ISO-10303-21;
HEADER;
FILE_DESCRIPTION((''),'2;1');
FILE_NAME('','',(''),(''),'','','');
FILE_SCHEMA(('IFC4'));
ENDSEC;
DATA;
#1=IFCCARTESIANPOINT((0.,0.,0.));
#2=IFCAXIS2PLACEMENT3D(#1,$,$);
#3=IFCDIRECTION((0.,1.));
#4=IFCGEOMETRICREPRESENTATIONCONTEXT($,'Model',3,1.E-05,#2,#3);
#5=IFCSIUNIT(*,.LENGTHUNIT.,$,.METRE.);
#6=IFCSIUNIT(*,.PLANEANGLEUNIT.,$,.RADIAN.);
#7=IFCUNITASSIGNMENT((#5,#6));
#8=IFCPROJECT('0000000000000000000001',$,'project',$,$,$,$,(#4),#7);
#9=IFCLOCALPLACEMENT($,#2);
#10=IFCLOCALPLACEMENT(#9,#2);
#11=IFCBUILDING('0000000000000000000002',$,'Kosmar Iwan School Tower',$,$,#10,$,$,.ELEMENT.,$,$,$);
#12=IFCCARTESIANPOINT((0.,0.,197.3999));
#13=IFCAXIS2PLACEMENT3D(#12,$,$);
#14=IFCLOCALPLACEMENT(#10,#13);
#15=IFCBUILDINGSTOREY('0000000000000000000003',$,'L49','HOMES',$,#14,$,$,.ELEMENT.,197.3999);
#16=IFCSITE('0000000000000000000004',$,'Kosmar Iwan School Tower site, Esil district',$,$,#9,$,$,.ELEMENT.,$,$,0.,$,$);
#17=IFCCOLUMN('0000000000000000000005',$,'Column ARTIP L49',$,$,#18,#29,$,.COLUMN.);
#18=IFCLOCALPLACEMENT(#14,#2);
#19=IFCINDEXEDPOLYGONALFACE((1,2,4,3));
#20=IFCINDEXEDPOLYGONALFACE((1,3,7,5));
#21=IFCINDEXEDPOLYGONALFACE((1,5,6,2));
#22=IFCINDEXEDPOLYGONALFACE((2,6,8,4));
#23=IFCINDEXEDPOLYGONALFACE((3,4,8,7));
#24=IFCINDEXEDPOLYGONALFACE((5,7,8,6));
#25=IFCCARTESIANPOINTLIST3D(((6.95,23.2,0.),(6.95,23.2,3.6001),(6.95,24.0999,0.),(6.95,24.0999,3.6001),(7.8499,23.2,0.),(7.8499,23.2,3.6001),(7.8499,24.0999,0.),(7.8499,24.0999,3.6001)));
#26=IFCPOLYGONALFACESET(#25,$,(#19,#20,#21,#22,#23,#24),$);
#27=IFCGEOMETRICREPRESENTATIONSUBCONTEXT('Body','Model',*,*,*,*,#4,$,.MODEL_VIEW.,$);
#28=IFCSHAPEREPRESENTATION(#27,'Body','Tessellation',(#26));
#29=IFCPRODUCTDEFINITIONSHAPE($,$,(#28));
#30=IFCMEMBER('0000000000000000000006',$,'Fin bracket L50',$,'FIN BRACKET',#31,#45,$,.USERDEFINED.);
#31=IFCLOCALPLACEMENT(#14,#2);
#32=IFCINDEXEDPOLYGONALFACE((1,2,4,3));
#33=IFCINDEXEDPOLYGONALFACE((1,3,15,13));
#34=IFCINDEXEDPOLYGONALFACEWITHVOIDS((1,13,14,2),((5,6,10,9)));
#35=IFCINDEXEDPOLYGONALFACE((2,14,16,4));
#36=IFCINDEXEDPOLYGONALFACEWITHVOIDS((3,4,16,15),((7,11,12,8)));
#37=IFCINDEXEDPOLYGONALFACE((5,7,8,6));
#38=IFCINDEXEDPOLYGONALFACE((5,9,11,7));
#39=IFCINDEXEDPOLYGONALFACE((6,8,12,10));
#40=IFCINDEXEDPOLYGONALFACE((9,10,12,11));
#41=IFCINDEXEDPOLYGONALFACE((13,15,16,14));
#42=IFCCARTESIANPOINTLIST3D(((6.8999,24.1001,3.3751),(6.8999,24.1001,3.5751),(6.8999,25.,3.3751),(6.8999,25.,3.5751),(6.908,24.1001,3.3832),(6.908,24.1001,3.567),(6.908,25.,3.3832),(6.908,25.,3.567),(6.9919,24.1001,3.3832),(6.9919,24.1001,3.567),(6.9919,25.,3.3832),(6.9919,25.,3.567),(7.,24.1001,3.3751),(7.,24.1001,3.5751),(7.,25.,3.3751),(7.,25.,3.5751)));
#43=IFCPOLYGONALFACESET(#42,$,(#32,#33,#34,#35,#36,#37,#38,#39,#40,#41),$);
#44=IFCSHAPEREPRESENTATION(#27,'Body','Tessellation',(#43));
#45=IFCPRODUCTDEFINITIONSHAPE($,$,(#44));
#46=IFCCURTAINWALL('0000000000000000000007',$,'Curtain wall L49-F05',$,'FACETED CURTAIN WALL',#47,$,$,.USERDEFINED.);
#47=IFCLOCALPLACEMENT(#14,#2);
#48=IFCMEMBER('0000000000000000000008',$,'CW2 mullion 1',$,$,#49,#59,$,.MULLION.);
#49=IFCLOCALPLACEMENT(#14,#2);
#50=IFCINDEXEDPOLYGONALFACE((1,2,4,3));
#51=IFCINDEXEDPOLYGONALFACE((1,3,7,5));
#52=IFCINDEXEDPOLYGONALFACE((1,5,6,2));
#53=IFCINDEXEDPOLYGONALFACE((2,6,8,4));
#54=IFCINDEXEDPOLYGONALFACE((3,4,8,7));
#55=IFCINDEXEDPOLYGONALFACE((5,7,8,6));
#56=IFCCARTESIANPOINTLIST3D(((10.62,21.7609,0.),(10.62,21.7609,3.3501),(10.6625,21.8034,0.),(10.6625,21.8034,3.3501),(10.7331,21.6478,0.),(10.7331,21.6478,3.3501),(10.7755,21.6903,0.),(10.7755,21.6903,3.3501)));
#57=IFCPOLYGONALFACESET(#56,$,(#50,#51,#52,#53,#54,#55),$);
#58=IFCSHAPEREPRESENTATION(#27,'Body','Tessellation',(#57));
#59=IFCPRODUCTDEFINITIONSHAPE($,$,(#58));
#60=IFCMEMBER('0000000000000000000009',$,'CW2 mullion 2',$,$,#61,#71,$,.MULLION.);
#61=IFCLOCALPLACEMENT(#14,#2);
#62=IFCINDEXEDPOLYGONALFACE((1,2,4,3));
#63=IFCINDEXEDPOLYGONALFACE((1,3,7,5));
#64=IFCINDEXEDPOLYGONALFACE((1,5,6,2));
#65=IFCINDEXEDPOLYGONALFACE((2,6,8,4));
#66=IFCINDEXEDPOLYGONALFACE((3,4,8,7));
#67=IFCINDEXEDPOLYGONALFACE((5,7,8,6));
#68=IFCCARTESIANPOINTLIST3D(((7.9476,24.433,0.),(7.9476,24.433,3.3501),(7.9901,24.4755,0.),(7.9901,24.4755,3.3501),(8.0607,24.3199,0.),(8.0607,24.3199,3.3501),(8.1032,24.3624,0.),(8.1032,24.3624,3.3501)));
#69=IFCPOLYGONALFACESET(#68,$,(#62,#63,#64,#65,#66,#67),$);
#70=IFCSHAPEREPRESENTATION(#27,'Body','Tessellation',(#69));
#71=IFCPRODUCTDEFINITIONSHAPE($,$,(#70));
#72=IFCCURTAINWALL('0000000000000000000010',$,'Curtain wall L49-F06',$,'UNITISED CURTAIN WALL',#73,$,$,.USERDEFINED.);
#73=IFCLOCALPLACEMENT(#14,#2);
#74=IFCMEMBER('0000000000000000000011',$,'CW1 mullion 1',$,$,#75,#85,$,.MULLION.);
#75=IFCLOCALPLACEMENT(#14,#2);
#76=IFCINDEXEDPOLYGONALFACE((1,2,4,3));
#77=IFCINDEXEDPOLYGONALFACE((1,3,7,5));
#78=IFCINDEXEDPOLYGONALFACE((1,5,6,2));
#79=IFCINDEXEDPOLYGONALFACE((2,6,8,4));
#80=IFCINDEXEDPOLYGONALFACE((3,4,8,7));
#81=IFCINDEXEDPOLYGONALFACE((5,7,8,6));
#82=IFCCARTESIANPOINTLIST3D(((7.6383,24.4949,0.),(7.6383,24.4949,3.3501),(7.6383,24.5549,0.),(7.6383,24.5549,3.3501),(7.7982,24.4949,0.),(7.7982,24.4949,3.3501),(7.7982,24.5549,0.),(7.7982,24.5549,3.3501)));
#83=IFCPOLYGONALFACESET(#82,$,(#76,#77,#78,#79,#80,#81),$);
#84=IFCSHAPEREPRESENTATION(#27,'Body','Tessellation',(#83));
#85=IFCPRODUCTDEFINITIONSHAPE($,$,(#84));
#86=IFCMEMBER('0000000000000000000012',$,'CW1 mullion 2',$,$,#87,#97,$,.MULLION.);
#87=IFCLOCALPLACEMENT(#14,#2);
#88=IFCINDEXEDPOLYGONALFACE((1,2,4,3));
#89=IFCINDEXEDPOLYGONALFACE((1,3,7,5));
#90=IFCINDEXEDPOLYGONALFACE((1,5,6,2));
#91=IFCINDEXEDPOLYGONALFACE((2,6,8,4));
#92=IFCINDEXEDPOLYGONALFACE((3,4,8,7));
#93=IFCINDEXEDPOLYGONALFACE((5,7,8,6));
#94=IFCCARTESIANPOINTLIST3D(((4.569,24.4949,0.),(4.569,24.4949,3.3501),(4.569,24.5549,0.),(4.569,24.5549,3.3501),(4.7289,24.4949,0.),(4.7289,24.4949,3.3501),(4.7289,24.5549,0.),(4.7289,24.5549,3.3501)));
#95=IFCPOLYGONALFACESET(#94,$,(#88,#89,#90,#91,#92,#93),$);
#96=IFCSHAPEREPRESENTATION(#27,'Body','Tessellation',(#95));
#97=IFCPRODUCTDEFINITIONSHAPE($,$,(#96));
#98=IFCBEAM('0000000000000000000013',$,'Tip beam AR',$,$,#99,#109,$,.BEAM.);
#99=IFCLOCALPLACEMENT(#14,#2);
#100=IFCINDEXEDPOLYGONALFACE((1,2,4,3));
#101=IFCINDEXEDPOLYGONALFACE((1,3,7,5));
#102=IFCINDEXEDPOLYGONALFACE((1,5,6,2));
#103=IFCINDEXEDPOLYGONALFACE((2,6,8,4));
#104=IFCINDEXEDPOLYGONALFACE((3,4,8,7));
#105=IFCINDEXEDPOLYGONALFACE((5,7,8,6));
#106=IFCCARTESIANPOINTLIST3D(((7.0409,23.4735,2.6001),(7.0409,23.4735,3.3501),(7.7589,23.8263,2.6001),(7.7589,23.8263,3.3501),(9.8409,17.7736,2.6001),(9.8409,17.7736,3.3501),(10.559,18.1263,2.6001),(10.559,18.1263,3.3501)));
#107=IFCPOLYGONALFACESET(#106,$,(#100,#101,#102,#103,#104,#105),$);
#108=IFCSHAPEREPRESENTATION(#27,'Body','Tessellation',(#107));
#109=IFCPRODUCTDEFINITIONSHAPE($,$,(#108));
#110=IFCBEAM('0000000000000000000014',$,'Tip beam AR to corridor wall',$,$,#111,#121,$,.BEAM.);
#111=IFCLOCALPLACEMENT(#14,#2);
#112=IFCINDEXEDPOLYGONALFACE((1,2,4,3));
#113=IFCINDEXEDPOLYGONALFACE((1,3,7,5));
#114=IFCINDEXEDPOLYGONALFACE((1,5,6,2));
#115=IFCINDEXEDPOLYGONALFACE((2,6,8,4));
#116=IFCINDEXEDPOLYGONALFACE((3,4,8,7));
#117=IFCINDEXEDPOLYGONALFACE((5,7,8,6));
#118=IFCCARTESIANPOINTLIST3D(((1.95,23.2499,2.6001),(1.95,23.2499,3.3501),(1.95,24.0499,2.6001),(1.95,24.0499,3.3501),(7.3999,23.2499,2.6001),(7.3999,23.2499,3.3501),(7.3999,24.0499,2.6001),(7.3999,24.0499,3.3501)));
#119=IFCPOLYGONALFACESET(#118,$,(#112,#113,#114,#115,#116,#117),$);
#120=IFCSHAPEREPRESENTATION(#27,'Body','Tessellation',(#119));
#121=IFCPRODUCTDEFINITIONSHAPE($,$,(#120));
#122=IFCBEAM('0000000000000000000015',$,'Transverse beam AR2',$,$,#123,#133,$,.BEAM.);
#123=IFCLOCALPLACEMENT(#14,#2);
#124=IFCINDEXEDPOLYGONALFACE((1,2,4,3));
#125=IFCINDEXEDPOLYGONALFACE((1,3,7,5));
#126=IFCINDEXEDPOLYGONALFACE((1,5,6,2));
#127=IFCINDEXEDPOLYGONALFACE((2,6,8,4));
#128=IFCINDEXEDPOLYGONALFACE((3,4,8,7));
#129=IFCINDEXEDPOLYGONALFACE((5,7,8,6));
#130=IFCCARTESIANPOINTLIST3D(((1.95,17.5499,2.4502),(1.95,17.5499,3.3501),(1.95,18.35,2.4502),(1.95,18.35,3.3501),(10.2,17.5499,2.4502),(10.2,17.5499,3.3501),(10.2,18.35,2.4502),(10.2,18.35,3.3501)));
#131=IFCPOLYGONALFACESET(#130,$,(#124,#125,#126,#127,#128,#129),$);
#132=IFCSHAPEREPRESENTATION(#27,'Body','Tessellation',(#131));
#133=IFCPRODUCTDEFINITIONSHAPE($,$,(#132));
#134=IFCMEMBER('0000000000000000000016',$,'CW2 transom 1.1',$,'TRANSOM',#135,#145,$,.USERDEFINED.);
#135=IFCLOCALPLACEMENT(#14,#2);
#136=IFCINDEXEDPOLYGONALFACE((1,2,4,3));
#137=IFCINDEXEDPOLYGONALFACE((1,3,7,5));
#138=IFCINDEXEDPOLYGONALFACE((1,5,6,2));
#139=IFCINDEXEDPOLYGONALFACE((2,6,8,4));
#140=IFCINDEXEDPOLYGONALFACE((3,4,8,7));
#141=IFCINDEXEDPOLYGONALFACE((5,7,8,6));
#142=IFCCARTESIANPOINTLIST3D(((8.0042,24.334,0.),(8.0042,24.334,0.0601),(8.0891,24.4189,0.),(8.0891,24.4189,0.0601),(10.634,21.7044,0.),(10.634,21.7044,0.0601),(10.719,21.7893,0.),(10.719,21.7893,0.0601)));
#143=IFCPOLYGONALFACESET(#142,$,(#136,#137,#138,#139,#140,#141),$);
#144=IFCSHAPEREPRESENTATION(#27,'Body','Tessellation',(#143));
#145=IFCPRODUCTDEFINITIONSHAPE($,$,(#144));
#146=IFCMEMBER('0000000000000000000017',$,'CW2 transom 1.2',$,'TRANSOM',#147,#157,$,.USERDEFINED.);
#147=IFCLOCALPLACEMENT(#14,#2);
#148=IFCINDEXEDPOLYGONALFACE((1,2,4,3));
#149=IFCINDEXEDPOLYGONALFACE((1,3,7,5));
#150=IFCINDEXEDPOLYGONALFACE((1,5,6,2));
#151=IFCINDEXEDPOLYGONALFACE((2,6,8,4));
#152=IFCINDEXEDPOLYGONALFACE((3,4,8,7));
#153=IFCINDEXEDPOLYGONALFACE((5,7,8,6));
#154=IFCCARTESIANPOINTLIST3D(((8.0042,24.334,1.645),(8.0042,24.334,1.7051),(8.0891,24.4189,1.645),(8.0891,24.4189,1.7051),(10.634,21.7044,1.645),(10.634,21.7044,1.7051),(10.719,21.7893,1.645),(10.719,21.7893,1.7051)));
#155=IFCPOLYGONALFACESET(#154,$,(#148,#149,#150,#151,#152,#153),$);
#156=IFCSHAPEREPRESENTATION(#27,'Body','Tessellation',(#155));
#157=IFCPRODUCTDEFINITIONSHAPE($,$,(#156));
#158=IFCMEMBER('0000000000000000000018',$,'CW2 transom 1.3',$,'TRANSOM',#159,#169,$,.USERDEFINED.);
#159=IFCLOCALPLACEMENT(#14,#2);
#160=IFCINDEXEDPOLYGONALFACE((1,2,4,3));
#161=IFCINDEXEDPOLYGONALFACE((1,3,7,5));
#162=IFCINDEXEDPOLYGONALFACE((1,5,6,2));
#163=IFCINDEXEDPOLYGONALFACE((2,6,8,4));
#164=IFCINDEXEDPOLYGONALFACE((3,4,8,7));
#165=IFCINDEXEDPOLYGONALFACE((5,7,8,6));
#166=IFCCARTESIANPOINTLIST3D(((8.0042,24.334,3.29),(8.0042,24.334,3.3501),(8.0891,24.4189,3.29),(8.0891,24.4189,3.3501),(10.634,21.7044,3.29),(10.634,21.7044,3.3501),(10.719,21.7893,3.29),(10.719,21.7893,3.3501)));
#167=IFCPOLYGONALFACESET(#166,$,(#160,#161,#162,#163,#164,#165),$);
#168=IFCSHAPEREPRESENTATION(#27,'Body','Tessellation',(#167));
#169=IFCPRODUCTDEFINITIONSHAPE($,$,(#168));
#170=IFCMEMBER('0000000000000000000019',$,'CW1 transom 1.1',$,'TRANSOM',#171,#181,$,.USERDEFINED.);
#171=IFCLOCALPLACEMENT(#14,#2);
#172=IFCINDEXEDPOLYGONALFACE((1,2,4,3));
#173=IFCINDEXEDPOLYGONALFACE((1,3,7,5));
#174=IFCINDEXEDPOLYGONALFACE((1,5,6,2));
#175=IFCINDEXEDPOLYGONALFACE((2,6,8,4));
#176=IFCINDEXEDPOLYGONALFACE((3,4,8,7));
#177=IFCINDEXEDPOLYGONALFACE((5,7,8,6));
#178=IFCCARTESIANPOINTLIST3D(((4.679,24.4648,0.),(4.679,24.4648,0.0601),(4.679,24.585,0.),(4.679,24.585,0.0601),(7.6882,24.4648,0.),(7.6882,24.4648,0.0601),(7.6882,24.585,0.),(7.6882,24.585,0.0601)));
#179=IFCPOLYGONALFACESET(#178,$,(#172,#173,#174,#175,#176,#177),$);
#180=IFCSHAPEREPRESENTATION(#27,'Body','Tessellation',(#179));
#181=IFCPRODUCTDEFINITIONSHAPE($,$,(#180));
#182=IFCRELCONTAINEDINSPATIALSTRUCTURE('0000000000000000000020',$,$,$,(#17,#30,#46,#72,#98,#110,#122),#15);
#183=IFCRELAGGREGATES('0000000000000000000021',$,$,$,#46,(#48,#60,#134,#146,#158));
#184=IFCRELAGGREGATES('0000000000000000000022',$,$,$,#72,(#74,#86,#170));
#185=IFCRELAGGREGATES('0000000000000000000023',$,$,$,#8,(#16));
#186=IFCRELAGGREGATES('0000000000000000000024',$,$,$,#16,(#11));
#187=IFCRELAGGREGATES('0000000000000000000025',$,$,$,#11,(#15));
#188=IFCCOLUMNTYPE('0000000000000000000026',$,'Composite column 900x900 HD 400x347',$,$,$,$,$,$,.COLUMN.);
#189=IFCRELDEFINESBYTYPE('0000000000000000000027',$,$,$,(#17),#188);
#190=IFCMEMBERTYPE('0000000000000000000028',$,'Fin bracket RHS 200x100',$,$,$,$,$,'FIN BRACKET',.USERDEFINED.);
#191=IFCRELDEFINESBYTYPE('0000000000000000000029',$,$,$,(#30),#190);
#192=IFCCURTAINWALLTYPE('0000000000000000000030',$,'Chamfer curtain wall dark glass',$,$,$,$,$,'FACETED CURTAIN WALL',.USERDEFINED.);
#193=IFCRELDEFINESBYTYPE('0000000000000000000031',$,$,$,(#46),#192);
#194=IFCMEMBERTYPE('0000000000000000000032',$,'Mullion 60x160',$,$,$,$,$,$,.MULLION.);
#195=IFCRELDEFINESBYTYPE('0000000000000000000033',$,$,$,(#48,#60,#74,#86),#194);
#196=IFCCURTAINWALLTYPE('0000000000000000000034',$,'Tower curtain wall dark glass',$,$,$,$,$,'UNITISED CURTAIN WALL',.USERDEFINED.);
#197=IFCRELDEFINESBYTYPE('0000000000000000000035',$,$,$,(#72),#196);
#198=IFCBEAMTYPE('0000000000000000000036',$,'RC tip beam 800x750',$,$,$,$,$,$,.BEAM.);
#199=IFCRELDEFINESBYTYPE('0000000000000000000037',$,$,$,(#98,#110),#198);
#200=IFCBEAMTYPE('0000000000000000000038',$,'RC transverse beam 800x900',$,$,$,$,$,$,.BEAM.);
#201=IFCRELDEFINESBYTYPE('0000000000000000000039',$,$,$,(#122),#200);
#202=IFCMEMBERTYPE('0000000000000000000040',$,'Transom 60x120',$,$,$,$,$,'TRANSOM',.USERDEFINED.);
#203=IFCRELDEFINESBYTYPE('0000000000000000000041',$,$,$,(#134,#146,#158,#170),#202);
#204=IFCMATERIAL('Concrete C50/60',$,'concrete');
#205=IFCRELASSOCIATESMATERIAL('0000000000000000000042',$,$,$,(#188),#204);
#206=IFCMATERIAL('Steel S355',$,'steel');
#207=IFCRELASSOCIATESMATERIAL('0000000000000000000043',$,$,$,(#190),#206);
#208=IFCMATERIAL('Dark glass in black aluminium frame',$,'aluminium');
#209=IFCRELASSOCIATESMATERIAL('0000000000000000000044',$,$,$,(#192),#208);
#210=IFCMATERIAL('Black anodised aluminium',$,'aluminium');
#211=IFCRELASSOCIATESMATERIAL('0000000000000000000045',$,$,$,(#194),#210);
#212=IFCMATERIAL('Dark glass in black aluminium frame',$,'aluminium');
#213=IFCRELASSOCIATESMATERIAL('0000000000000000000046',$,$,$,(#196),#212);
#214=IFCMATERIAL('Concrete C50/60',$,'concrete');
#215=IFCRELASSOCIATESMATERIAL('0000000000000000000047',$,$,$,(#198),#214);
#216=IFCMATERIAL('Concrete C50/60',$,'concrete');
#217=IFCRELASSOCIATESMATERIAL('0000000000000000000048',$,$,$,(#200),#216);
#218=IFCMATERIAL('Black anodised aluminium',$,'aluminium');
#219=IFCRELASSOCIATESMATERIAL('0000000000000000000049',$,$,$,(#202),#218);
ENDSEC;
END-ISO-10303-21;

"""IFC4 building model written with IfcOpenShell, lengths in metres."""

from ifc_helpers import new_model, si_unit, direction, frame, origin, origin_2d, place, context, subcontext, project, spatial, rectangle, hollow_rectangle, extrude, material, material_profile, profile_set, type_object, element, aggregate, save


model = new_model("IFC4")

# Units and contexts
model_context = context("Model", 3, precision=1e-05, world=origin(), true_north=direction((0.0, 1.0)))
body_context = subcontext(model_context, "Body", "Model", "MODEL_VIEW")
ifc_project = project(units=[si_unit("LENGTHUNIT", "METRE"), si_unit("PLANEANGLEUNIT", "RADIAN")], contexts=[model_context])

# Site, building, storey
site_placement = place(None, origin())
site = spatial("IfcSite", under=ifc_project, at=site_placement, Name="Kosmar Iwan School Tower site, Esil district", CompositionType="ELEMENT", RefElevation=0.0)
building_placement = place(site_placement, origin())
building = spatial("IfcBuilding", under=site, at=building_placement, Name="Kosmar Iwan School Tower", CompositionType="ELEMENT")
storey_placement = place(building_placement, frame((0.0, 0.0, 197.3999)))
storey = spatial("IfcBuildingStorey", under=building, at=storey_placement, Name="L49", Description="HOMES", CompositionType="ELEMENT", Elevation=197.3999)

# Column
ifc_material_1 = material(Name="Concrete C50/60", Category="concrete")
ifc_material_profile_1 = material_profile(ifc_material_1, rectangle(XDim=0.8999, YDim=0.8999, at=origin_2d()), Name="RC 900x900 + HD 400x347")
ifc_profile_set_1 = profile_set([ifc_material_profile_1], Name="Concrete C50/60")
column_type = type_object("IfcColumnType", Name="Composite column 900x900 HD 400x347", PredefinedType="COLUMN", material=ifc_profile_set_1)
column_placement = place(storey_placement, frame((7.3999, 23.6499, 0.0), z_axis=(0.0, 0.0, 1.0), x_axis=(0.0, 1.0, 0.0)))
element("IfcColumn", 1, at=column_placement, inside=storey, type_object=column_type, Name="Column ARTIP L49", PredefinedType="COLUMN", context=body_context, shape_type="SweptSolid", body=[
    extrude(rectangle(XDim=0.8999, YDim=0.8999, at=origin_2d()), origin(), (0.0, 0.0, 1.0), 3.6001),
])

# Member
ifc_material_2 = material(Name="Steel S355", Category="steel")
ifc_material_profile_2 = material_profile(ifc_material_2, hollow_rectangle(XDim=0.1001, YDim=0.2, WallThickness=0.0081, at=origin_2d()), Name="RHS 200x100x8")
ifc_profile_set_2 = profile_set([ifc_material_profile_2], Name="Steel S355")
member_type_1 = type_object("IfcMemberType", Name="Fin bracket RHS 200x100", ElementType="FIN BRACKET", PredefinedType="USERDEFINED", material=ifc_profile_set_2)
member_1_placement = place(storey_placement, frame((6.95, 24.1001, 3.4751), z_axis=(0.0, 1.0, 0.0), x_axis=(-1.0, 0.0, 0.0)))
element("IfcMember", 2, at=member_1_placement, inside=storey, type_object=member_type_1, Name="Fin bracket L50", ObjectType="FIN BRACKET", PredefinedType="USERDEFINED", context=body_context, shape_type="SweptSolid", body=[
    extrude(hollow_rectangle(XDim=0.1001, YDim=0.2, WallThickness=0.0081, at=origin_2d()), origin(), (0.0, 0.0, 1.0), 0.8999),
])

# Curtain walls, members
ifc_material_3 = material(Name="Dark glass in black aluminium frame", Category="aluminium")
curtain_wall_type_1 = type_object("IfcCurtainWallType", Name="Chamfer curtain wall dark glass", ElementType="FACETED CURTAIN WALL", PredefinedType="USERDEFINED", material=ifc_material_3)
curtain_wall_1_placement = place(storey_placement, origin())
curtain_wall_1 = element("IfcCurtainWall", 3, at=curtain_wall_1_placement, inside=storey, type_object=curtain_wall_type_1, Name="Curtain wall L49-F05", ObjectType="FACETED CURTAIN WALL", PredefinedType="USERDEFINED")
ifc_material_4 = material(Name="Black anodised aluminium", Category="aluminium")
ifc_material_profile_3 = material_profile(ifc_material_4, rectangle(XDim=0.0601, YDim=0.1599, at=origin_2d()), Name="MULLION 60x160")
ifc_profile_set_3 = profile_set([ifc_material_profile_3], Name="Black anodised aluminium")
member_type_2 = type_object("IfcMemberType", Name="Mullion 60x160", PredefinedType="MULLION", material=ifc_profile_set_3)
member_2_placement = place(storey_placement, frame((10.6978, 21.7256, 0.0), z_axis=(0.0, 0.0, 1.0), x_axis=(-0.707107, -0.707107, 0.0)))
member_2 = element("IfcMember", 4, at=member_2_placement, type_object=member_type_2, Name="CW2 mullion 1", PredefinedType="MULLION", context=body_context, shape_type="SweptSolid", body=[
    extrude(rectangle(XDim=0.0601, YDim=0.1599, at=origin_2d()), origin(), (0.0, 0.0, 1.0), 3.3501),
])
member_3_placement = place(storey_placement, frame((8.0254, 24.3977, 0.0), z_axis=(0.0, 0.0, 1.0), x_axis=(-0.707107, -0.707107, 0.0)))
member_3 = element("IfcMember", 5, at=member_3_placement, type_object=member_type_2, Name="CW2 mullion 2", PredefinedType="MULLION", context=body_context, shape_type="SweptSolid", body=[
    extrude(rectangle(XDim=0.0601, YDim=0.1599, at=origin_2d()), origin(), (0.0, 0.0, 1.0), 3.3501),
])
ifc_material_5 = material(Name="Dark glass in black aluminium frame", Category="aluminium")
curtain_wall_type_2 = type_object("IfcCurtainWallType", Name="Tower curtain wall dark glass", ElementType="UNITISED CURTAIN WALL", PredefinedType="USERDEFINED", material=ifc_material_5)
curtain_wall_2_placement = place(storey_placement, origin())
curtain_wall_2 = element("IfcCurtainWall", 6, at=curtain_wall_2_placement, inside=storey, type_object=curtain_wall_type_2, Name="Curtain wall L49-F06", ObjectType="UNITISED CURTAIN WALL", PredefinedType="USERDEFINED")
member_4_placement = place(storey_placement, frame((7.7183, 24.5249, 0.0), z_axis=(0.0, 0.0, 1.0), x_axis=(0.0, -1.0, 0.0)))
member_4 = element("IfcMember", 7, at=member_4_placement, type_object=member_type_2, Name="CW1 mullion 1", PredefinedType="MULLION", context=body_context, shape_type="SweptSolid", body=[
    extrude(rectangle(XDim=0.0601, YDim=0.1599, at=origin_2d()), origin(), (0.0, 0.0, 1.0), 3.3501),
])
member_5_placement = place(storey_placement, frame((4.6489, 24.5249, 0.0), z_axis=(0.0, 0.0, 1.0), x_axis=(0.0, -1.0, 0.0)))
member_5 = element("IfcMember", 8, at=member_5_placement, type_object=member_type_2, Name="CW1 mullion 2", PredefinedType="MULLION", context=body_context, shape_type="SweptSolid", body=[
    extrude(rectangle(XDim=0.0601, YDim=0.1599, at=origin_2d()), origin(), (0.0, 0.0, 1.0), 3.3501),
])

# Beams
ifc_material_6 = material(Name="Concrete C50/60", Category="concrete")
ifc_material_profile_4 = material_profile(ifc_material_6, rectangle(XDim=0.8, YDim=0.75, at=origin_2d()), Name="RC 800x750")
ifc_profile_set_4 = profile_set([ifc_material_profile_4], Name="Concrete C50/60")
beam_type_1 = type_object("IfcBeamType", Name="RC tip beam 800x750", PredefinedType="BEAM", material=ifc_profile_set_4)
beam_1_placement = place(storey_placement, frame((10.2, 17.95, 2.9751), z_axis=(-0.440913, 0.89755, 0.0), x_axis=(-0.89755, -0.440913, 0.0)))
element("IfcBeam", 9, at=beam_1_placement, inside=storey, type_object=beam_type_1, Name="Tip beam AR", PredefinedType="BEAM", context=body_context, shape_type="SweptSolid", body=[
    extrude(rectangle(XDim=0.8, YDim=0.75, at=origin_2d()), origin(), (0.0, 0.0, 1.0), 6.3506),
])
beam_2_placement = place(storey_placement, frame((7.3999, 23.6499, 2.9751), z_axis=(-1.0, 0.0, 0.0), x_axis=(0.0, -1.0, 0.0)))
element("IfcBeam", 10, at=beam_2_placement, inside=storey, type_object=beam_type_1, Name="Tip beam AR to corridor wall", PredefinedType="BEAM", context=body_context, shape_type="SweptSolid", body=[
    extrude(rectangle(XDim=0.8, YDim=0.75, at=origin_2d()), origin(), (0.0, 0.0, 1.0), 5.45),
])
ifc_material_7 = material(Name="Concrete C50/60", Category="concrete")
ifc_material_profile_5 = material_profile(ifc_material_7, rectangle(XDim=0.8, YDim=0.8999, at=origin_2d()), Name="RC 800x900")
ifc_profile_set_5 = profile_set([ifc_material_profile_5], Name="Concrete C50/60")
beam_type_2 = type_object("IfcBeamType", Name="RC transverse beam 800x900", PredefinedType="BEAM", material=ifc_profile_set_5)
beam_3_placement = place(storey_placement, frame((10.2, 17.95, 2.9001), z_axis=(-1.0, 0.0, 0.0), x_axis=(0.0, -1.0, 0.0)))
element("IfcBeam", 11, at=beam_3_placement, inside=storey, type_object=beam_type_2, Name="Transverse beam AR2", PredefinedType="BEAM", context=body_context, shape_type="SweptSolid", body=[
    extrude(rectangle(XDim=0.8, YDim=0.8999, at=origin_2d()), origin(), (0.0, 0.0, 1.0), 8.25),
])

# Members
ifc_material_8 = material(Name="Black anodised aluminium", Category="aluminium")
ifc_material_profile_6 = material_profile(ifc_material_8, rectangle(XDim=0.1201, YDim=0.0601, at=origin_2d()), Name="TRANSOM 60x120")
ifc_profile_set_6 = profile_set([ifc_material_profile_6], Name="Black anodised aluminium")
member_type_3 = type_object("IfcMemberType", Name="Transom 60x120", ElementType="TRANSOM", PredefinedType="USERDEFINED", material=ifc_profile_set_6)
member_6_placement = place(storey_placement, frame((10.6765, 21.7468, 0.03), z_axis=(-0.70714, 0.707074, 0.0), x_axis=(-0.707074, -0.70714, 0.0)))
member_6 = element("IfcMember", 12, at=member_6_placement, type_object=member_type_3, Name="CW2 transom 1.1", ObjectType="TRANSOM", PredefinedType="USERDEFINED", context=body_context, shape_type="SweptSolid", body=[
    extrude(rectangle(XDim=0.1201, YDim=0.0601, at=origin_2d()), origin(), (0.0, 0.0, 1.0), 3.719),
])
member_7_placement = place(storey_placement, frame((10.6765, 21.7468, 1.675), z_axis=(-0.70714, 0.707074, 0.0), x_axis=(-0.707074, -0.70714, 0.0)))
member_7 = element("IfcMember", 13, at=member_7_placement, type_object=member_type_3, Name="CW2 transom 1.2", ObjectType="TRANSOM", PredefinedType="USERDEFINED", context=body_context, shape_type="SweptSolid", body=[
    extrude(rectangle(XDim=0.1201, YDim=0.0601, at=origin_2d()), origin(), (0.0, 0.0, 1.0), 3.719),
])
member_8_placement = place(storey_placement, frame((10.6765, 21.7468, 3.3201), z_axis=(-0.70714, 0.707074, 0.0), x_axis=(-0.707074, -0.70714, 0.0)))
member_8 = element("IfcMember", 14, at=member_8_placement, type_object=member_type_3, Name="CW2 transom 1.3", ObjectType="TRANSOM", PredefinedType="USERDEFINED", context=body_context, shape_type="SweptSolid", body=[
    extrude(rectangle(XDim=0.1201, YDim=0.0601, at=origin_2d()), origin(), (0.0, 0.0, 1.0), 3.719),
])
member_9_placement = place(storey_placement, frame((7.6882, 24.5249, 0.03), z_axis=(-1.0, 0.0, 0.0), x_axis=(0.0, -1.0, 0.0)))
member_9 = element("IfcMember", 15, at=member_9_placement, type_object=member_type_3, Name="CW1 transom 1.1", ObjectType="TRANSOM", PredefinedType="USERDEFINED", context=body_context, shape_type="SweptSolid", body=[
    extrude(rectangle(XDim=0.1201, YDim=0.0601, at=origin_2d()), origin(), (0.0, 0.0, 1.0), 3.0093),
])

aggregate(curtain_wall_1, [member_2, member_3, member_6, member_7, member_8])
aggregate(curtain_wall_2, [member_4, member_5, member_9])

save(model, "model.ifc")
